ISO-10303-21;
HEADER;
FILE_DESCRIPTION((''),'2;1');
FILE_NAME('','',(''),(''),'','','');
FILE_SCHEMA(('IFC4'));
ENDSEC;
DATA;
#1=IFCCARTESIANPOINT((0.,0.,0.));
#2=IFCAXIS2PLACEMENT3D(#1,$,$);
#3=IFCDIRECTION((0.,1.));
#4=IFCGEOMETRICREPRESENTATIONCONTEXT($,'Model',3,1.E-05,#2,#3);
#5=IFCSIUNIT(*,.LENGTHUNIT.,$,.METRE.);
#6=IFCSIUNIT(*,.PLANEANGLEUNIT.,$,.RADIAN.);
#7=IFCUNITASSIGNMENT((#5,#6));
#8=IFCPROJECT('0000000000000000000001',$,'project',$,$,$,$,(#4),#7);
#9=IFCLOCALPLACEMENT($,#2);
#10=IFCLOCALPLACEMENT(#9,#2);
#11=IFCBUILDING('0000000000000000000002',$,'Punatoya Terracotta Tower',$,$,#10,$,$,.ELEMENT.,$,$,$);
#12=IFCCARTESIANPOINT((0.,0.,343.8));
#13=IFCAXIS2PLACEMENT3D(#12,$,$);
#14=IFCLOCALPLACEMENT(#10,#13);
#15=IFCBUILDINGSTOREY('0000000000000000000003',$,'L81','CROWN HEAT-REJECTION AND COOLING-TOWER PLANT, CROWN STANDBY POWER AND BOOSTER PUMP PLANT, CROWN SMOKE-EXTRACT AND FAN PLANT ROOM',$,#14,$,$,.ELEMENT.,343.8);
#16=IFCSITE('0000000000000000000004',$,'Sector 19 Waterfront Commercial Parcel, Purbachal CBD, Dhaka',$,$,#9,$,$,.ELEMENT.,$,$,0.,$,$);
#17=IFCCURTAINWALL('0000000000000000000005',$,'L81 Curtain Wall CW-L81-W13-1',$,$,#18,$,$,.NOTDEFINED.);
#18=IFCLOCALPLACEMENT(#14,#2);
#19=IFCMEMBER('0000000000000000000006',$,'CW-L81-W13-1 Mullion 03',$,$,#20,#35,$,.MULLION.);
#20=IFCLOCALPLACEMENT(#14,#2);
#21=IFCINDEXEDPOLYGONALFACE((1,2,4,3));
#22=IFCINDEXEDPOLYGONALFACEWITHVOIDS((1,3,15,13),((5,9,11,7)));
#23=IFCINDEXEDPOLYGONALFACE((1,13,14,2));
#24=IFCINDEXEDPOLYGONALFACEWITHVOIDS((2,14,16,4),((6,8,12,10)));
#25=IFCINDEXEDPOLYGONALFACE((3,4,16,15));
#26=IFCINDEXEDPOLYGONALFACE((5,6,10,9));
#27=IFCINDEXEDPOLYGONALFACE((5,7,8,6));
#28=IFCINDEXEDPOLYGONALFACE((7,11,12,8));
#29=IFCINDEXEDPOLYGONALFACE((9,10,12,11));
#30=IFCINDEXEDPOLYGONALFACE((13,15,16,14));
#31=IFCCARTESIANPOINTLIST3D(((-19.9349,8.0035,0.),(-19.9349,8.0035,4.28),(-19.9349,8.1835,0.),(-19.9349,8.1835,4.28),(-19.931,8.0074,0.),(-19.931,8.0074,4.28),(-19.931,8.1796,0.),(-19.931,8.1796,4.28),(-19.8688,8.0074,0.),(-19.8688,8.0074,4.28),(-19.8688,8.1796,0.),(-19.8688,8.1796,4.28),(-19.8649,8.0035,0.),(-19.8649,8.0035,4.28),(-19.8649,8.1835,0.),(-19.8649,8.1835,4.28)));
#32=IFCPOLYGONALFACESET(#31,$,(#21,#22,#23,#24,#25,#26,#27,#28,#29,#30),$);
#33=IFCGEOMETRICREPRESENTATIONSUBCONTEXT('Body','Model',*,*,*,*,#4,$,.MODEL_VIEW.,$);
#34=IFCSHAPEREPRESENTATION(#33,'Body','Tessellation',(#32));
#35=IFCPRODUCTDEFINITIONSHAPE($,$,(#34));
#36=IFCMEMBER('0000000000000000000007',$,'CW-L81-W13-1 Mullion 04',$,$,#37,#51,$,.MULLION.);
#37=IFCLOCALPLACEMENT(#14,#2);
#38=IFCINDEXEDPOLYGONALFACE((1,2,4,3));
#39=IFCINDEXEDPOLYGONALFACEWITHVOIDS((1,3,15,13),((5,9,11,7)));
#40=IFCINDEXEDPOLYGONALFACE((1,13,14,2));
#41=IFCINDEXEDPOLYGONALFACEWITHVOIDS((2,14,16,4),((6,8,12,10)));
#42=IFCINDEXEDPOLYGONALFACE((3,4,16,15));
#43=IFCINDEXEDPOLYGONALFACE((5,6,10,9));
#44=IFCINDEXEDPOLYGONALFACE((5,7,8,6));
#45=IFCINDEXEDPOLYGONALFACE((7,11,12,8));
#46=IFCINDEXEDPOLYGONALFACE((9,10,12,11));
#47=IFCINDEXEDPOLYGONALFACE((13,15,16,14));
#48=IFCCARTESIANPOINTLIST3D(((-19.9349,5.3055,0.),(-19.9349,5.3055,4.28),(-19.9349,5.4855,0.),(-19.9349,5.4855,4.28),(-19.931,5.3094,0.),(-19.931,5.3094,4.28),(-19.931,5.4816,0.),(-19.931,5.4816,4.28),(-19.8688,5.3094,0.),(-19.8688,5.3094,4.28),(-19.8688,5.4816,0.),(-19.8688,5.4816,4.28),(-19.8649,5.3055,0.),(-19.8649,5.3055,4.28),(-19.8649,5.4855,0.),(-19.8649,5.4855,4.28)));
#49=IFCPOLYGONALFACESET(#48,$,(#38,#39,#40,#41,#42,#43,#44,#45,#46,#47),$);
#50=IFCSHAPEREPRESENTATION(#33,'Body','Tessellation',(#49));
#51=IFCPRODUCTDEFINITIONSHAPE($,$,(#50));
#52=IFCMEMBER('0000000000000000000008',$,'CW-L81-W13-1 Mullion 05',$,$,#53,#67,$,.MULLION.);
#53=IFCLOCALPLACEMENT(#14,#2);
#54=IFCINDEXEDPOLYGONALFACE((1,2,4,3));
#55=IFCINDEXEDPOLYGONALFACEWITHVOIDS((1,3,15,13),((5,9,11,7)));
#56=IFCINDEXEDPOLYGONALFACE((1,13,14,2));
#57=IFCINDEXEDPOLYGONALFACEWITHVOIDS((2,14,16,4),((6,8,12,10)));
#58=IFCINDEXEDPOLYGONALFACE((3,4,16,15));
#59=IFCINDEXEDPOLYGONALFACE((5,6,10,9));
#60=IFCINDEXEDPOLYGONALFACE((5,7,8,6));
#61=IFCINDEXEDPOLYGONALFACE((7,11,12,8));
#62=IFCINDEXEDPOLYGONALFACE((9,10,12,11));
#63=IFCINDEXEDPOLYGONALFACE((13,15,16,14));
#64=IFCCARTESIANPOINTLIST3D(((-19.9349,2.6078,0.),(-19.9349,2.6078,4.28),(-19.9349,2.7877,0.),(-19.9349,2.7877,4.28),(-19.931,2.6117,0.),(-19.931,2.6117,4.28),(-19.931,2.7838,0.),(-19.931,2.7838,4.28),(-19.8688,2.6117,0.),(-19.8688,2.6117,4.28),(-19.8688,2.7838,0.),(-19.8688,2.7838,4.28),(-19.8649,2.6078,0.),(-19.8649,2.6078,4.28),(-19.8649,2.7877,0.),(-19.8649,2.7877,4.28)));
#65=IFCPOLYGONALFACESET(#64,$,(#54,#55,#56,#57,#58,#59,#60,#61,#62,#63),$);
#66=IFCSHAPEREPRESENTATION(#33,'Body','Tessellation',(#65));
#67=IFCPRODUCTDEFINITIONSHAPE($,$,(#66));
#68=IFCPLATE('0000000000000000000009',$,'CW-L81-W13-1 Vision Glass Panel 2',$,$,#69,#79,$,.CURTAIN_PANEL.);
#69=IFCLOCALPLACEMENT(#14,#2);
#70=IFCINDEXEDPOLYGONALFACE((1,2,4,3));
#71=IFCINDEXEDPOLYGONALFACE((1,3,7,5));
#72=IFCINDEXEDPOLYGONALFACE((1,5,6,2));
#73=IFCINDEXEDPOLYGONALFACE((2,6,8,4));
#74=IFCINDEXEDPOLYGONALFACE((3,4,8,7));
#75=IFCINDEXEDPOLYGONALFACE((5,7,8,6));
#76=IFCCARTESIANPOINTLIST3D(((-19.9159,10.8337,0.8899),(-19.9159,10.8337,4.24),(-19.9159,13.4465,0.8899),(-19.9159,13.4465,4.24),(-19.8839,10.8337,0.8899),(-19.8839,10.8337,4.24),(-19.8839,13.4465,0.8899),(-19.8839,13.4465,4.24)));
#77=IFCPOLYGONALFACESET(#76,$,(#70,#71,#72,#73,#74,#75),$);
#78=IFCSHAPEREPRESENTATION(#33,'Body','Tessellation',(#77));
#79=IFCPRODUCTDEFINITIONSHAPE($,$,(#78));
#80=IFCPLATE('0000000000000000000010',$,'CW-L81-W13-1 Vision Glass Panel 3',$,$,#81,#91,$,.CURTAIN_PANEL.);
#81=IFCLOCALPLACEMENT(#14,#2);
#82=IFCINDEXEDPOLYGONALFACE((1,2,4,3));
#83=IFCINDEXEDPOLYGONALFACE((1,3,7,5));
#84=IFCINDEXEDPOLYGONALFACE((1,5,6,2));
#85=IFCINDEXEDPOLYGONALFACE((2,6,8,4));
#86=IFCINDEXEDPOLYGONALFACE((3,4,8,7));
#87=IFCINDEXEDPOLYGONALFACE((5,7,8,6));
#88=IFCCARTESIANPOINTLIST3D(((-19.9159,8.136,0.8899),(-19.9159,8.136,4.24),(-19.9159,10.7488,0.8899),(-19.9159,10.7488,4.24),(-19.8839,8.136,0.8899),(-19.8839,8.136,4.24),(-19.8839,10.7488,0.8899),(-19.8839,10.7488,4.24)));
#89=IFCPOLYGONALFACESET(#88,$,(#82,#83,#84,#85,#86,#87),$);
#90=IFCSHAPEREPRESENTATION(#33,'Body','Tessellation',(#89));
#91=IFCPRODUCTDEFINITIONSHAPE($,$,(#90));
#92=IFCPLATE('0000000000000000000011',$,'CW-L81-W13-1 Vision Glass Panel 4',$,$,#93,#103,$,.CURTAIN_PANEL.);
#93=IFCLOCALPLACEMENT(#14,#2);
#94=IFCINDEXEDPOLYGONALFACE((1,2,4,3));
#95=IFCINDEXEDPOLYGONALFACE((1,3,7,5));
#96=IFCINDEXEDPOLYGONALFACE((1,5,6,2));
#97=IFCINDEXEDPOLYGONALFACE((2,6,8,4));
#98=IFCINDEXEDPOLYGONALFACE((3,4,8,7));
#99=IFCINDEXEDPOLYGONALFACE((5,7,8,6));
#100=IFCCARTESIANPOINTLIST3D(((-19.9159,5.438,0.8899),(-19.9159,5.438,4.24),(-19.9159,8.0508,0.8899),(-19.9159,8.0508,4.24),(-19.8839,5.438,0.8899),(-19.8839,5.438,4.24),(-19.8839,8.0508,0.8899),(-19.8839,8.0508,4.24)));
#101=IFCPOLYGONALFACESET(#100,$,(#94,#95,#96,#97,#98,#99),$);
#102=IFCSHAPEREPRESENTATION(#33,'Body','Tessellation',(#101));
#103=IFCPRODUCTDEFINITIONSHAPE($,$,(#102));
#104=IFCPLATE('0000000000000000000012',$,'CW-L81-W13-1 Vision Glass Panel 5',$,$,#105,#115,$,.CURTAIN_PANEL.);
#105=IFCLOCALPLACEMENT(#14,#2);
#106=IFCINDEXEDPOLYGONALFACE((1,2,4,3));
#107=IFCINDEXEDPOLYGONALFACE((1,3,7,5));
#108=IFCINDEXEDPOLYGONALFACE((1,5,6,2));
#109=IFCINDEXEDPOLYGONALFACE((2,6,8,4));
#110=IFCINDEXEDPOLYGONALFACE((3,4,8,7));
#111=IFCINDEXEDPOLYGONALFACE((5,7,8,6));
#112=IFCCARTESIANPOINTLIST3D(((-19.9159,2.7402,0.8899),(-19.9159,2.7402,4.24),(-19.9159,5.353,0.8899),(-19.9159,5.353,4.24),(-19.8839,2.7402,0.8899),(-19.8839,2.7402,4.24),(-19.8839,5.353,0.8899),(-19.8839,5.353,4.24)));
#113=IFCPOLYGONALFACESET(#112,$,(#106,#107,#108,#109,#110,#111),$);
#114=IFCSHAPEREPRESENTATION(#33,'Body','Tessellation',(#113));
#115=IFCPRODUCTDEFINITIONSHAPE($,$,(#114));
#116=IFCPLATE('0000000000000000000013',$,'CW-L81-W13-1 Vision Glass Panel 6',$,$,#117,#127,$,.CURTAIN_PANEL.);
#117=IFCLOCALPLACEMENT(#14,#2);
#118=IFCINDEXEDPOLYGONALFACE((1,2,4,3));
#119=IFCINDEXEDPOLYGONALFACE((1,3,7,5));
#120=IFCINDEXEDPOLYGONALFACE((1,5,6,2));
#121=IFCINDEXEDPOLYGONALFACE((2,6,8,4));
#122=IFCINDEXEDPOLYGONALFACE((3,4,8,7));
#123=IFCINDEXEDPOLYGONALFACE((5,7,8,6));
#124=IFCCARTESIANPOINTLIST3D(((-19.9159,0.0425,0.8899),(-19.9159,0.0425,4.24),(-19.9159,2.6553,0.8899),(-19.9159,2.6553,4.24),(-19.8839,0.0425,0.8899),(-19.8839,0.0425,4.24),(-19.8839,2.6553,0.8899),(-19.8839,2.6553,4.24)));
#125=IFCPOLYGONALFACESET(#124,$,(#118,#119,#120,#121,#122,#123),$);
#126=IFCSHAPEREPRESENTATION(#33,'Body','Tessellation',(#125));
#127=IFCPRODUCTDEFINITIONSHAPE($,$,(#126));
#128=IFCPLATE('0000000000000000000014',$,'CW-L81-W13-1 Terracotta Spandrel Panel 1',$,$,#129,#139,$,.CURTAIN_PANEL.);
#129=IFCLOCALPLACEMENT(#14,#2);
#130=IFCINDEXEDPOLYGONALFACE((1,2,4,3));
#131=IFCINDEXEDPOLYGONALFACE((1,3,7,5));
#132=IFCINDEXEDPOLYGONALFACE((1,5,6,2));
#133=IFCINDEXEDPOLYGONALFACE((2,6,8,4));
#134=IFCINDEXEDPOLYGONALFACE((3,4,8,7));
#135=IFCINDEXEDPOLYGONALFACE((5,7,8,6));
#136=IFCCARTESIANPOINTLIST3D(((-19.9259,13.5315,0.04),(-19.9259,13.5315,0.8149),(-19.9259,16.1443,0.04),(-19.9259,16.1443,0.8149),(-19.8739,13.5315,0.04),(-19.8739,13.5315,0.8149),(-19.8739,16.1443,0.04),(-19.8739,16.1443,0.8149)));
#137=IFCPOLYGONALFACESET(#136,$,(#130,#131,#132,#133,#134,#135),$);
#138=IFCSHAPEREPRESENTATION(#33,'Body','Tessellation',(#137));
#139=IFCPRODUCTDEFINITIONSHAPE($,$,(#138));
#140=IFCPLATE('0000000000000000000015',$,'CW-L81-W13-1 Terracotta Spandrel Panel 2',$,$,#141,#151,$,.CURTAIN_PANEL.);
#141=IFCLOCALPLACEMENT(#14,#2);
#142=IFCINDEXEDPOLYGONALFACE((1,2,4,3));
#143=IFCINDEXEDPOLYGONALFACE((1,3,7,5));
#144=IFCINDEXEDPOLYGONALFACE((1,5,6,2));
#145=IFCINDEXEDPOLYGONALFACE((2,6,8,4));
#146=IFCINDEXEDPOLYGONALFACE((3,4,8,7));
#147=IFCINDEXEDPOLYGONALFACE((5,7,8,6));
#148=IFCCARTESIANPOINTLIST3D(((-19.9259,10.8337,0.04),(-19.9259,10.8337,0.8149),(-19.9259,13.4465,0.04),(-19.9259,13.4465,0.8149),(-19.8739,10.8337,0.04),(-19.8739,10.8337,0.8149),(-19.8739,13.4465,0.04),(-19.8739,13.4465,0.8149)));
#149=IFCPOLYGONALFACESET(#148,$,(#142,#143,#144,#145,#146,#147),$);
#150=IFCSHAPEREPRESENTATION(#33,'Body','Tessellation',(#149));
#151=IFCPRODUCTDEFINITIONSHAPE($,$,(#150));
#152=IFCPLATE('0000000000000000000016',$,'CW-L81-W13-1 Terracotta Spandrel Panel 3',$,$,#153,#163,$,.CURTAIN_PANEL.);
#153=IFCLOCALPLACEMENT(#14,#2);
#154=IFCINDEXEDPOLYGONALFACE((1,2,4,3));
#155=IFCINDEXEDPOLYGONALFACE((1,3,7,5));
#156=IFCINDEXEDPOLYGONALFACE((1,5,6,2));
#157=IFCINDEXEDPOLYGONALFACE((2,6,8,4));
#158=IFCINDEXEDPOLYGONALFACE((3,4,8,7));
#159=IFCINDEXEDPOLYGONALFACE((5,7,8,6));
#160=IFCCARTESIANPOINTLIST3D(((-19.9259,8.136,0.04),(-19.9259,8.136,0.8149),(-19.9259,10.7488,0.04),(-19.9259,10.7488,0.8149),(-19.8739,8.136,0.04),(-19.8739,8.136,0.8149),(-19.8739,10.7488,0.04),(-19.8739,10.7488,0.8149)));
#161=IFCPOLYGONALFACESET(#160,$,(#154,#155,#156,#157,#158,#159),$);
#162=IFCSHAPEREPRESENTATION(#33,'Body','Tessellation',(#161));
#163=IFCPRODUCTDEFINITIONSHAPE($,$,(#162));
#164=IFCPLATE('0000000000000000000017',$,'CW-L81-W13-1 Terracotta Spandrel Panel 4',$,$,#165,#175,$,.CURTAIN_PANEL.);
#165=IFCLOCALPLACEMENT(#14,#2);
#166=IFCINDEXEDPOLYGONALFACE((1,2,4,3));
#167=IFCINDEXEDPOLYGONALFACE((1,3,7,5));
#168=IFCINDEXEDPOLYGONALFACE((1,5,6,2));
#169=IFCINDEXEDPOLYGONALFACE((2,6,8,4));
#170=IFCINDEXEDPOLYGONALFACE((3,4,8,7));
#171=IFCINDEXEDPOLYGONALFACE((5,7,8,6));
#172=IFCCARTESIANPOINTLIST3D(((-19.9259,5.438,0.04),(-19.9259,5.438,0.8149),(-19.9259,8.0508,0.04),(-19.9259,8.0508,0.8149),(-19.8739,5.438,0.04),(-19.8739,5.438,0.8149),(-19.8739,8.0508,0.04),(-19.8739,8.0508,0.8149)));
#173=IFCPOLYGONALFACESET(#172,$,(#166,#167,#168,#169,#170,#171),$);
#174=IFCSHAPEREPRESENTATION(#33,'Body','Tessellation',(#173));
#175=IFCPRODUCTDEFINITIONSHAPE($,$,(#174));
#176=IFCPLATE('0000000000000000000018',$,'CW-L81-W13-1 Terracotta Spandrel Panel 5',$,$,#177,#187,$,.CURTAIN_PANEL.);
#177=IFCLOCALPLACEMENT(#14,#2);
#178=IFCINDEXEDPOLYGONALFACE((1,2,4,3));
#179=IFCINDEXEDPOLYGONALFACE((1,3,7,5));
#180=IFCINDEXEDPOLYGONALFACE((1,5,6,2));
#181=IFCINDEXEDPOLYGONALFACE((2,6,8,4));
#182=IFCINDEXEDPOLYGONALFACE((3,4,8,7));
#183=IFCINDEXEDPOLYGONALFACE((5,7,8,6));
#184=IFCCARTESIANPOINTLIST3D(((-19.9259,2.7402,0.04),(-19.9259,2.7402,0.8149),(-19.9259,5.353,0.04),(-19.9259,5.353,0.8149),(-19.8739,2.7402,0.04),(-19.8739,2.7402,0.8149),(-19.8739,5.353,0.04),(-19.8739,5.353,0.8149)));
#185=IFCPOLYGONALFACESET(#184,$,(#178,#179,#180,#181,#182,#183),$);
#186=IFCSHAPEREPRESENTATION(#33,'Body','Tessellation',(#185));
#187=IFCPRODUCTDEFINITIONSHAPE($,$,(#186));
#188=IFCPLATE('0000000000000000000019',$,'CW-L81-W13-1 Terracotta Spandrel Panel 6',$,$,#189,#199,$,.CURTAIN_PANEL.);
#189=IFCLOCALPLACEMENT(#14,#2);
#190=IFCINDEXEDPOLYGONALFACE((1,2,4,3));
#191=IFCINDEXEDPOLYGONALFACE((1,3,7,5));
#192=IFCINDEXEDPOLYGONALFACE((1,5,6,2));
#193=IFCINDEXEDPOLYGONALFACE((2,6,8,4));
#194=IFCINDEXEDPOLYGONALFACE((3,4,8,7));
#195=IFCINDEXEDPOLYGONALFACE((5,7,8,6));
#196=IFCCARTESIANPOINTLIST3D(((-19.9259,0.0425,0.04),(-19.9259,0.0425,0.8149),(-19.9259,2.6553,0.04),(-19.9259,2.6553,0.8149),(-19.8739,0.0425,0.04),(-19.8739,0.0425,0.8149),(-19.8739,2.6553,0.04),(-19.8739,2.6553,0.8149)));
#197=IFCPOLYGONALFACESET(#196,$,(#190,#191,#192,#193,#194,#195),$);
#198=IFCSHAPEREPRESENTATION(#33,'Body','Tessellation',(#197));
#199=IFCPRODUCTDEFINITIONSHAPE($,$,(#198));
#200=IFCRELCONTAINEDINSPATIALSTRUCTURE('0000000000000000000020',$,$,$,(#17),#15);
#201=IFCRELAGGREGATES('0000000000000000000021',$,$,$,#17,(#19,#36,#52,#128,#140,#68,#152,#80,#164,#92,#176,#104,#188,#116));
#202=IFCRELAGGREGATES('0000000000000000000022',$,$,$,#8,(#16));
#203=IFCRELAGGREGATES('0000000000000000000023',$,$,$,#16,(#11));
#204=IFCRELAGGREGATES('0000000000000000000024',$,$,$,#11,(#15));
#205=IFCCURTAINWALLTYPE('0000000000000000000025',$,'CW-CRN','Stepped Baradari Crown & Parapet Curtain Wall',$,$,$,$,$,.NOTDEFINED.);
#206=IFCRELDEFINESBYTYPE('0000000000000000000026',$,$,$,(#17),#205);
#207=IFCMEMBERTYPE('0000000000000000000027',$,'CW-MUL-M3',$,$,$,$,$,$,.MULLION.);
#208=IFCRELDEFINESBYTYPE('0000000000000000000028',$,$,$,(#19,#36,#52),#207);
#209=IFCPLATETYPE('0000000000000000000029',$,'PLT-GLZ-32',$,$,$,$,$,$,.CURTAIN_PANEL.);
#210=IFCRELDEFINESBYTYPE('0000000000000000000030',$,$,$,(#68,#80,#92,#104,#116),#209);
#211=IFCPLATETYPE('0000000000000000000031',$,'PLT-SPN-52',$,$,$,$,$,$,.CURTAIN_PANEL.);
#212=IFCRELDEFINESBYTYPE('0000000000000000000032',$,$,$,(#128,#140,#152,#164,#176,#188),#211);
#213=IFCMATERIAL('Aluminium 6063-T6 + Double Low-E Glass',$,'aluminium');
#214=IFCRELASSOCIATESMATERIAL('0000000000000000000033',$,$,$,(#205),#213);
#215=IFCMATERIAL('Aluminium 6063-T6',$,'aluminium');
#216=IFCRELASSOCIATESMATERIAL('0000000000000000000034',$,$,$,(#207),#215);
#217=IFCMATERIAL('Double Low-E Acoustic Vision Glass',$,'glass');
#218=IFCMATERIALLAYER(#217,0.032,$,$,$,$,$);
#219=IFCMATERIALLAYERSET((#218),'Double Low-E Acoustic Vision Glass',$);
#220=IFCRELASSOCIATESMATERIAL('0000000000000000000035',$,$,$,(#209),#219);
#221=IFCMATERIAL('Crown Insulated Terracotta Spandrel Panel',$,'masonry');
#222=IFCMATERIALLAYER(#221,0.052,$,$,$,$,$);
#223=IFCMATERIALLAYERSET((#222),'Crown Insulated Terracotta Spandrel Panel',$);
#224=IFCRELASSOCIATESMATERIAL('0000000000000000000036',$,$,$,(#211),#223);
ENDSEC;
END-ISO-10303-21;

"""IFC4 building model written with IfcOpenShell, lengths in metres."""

from ifc_helpers import new_model, si_unit, direction, frame, origin, origin_2d, place, context, subcontext, project, spatial, rectangle, hollow_rectangle, extrude, material, layer, layer_set, material_profile, profile_set, type_object, element, aggregate, save


model = new_model("IFC4")

# Units and contexts
model_context = context("Model", 3, precision=1e-05, world=origin(), true_north=direction((0.0, 1.0)))
body_context = subcontext(model_context, "Body", "Model", "MODEL_VIEW")
ifc_project = project(units=[si_unit("LENGTHUNIT", "METRE"), si_unit("PLANEANGLEUNIT", "RADIAN")], contexts=[model_context])

# Site, building, storey
site_placement = place(None, origin())
site = spatial("IfcSite", under=ifc_project, at=site_placement, Name="Sector 19 Waterfront Commercial Parcel, Purbachal CBD, Dhaka", CompositionType="ELEMENT", RefElevation=0.0)
building_placement = place(site_placement, origin())
building = spatial("IfcBuilding", under=site, at=building_placement, Name="Punatoya Terracotta Tower", CompositionType="ELEMENT")
storey_placement = place(building_placement, frame((0.0, 0.0, 343.8)))
storey = spatial("IfcBuildingStorey", under=building, at=storey_placement, Name="L81", Description="CROWN HEAT-REJECTION AND COOLING-TOWER PLANT, CROWN STANDBY POWER AND BOOSTER PUMP PLANT, CROWN SMOKE-EXTRACT AND FAN PLANT ROOM", CompositionType="ELEMENT", Elevation=343.8)

# Curtain wall, members, plates
ifc_material_1 = material(Name="Aluminium 6063-T6 + Double Low-E Glass", Category="aluminium")
curtain_wall_type = type_object("IfcCurtainWallType", Name="CW-CRN", Description="Stepped Baradari Crown & Parapet Curtain Wall", PredefinedType="NOTDEFINED", material=ifc_material_1)
curtain_wall_placement = place(storey_placement, origin())
curtain_wall = element("IfcCurtainWall", 1, at=curtain_wall_placement, inside=storey, type_object=curtain_wall_type, Name="L81 Curtain Wall CW-L81-W13-1", PredefinedType="NOTDEFINED")
ifc_material_2 = material(Name="Aluminium 6063-T6", Category="aluminium")
ifc_material_profile_1 = material_profile(ifc_material_2, hollow_rectangle(XDim=0.0701, YDim=0.1799, WallThickness=0.0039, at=origin_2d()))
ifc_profile_set_1 = profile_set([ifc_material_profile_1], Name="Aluminium 6063-T6")
member_type = type_object("IfcMemberType", Name="CW-MUL-M3", PredefinedType="MULLION", material=ifc_profile_set_1)
member_1_placement = place(storey_placement, frame((-19.8999, 8.0935, 0.0), z_axis=(0.0, 0.0, 1.0), x_axis=(1.0, 0.0, 0.0)))
member_1 = element("IfcMember", 2, at=member_1_placement, type_object=member_type, Name="CW-L81-W13-1 Mullion 03", PredefinedType="MULLION", context=body_context, shape_type="SweptSolid", body=[
    extrude(hollow_rectangle(XDim=0.0701, YDim=0.1799, WallThickness=0.0039, at=origin_2d()), origin(), (0.0, 0.0, 1.0), 4.28),
])
member_2_placement = place(storey_placement, frame((-19.8999, 5.3955, 0.0), z_axis=(0.0, 0.0, 1.0), x_axis=(1.0, 0.0, 0.0)))
member_2 = element("IfcMember", 3, at=member_2_placement, type_object=member_type, Name="CW-L81-W13-1 Mullion 04", PredefinedType="MULLION", context=body_context, shape_type="SweptSolid", body=[
    extrude(hollow_rectangle(XDim=0.0701, YDim=0.1799, WallThickness=0.0039, at=origin_2d()), origin(), (0.0, 0.0, 1.0), 4.28),
])
member_3_placement = place(storey_placement, frame((-19.8999, 2.6978, 0.0), z_axis=(0.0, 0.0, 1.0), x_axis=(1.0, 0.0, 0.0)))
member_3 = element("IfcMember", 4, at=member_3_placement, type_object=member_type, Name="CW-L81-W13-1 Mullion 05", PredefinedType="MULLION", context=body_context, shape_type="SweptSolid", body=[
    extrude(hollow_rectangle(XDim=0.0701, YDim=0.1799, WallThickness=0.0039, at=origin_2d()), origin(), (0.0, 0.0, 1.0), 4.28),
])
ifc_material_3 = material(Name="Double Low-E Acoustic Vision Glass", Category="glass")
ifc_layer_1 = layer(ifc_material_3, 0.032)
ifc_layer_set_1 = layer_set([ifc_layer_1], Name="Double Low-E Acoustic Vision Glass")
plate_type_1 = type_object("IfcPlateType", Name="PLT-GLZ-32", PredefinedType="CURTAIN_PANEL", material=ifc_layer_set_1)
plate_1_placement = place(storey_placement, frame((-19.8999, 12.1401, 0.8899), z_axis=(0.0, 0.0, 1.0), x_axis=(0.0, -1.0, 0.0)))
plate_1 = element("IfcPlate", 5, at=plate_1_placement, type_object=plate_type_1, Name="CW-L81-W13-1 Vision Glass Panel 2", PredefinedType="CURTAIN_PANEL", context=body_context, shape_type="SweptSolid", body=[
    extrude(rectangle(XDim=2.6128, YDim=0.032, at=origin_2d()), origin(), (0.0, 0.0, 1.0), 3.3501),
])
plate_2_placement = place(storey_placement, frame((-19.8999, 9.4424, 0.8899), z_axis=(0.0, 0.0, 1.0), x_axis=(0.0, -1.0, 0.0)))
plate_2 = element("IfcPlate", 6, at=plate_2_placement, type_object=plate_type_1, Name="CW-L81-W13-1 Vision Glass Panel 3", PredefinedType="CURTAIN_PANEL", context=body_context, shape_type="SweptSolid", body=[
    extrude(rectangle(XDim=2.6128, YDim=0.032, at=origin_2d()), origin(), (0.0, 0.0, 1.0), 3.3501),
])
plate_3_placement = place(storey_placement, frame((-19.8999, 6.7444, 0.8899), z_axis=(0.0, 0.0, 1.0), x_axis=(0.0, -1.0, 0.0)))
plate_3 = element("IfcPlate", 7, at=plate_3_placement, type_object=plate_type_1, Name="CW-L81-W13-1 Vision Glass Panel 4", PredefinedType="CURTAIN_PANEL", context=body_context, shape_type="SweptSolid", body=[
    extrude(rectangle(XDim=2.6128, YDim=0.032, at=origin_2d()), origin(), (0.0, 0.0, 1.0), 3.3501),
])
plate_4_placement = place(storey_placement, frame((-19.8999, 4.0466, 0.8899), z_axis=(0.0, 0.0, 1.0), x_axis=(0.0, -1.0, 0.0)))
plate_4 = element("IfcPlate", 8, at=plate_4_placement, type_object=plate_type_1, Name="CW-L81-W13-1 Vision Glass Panel 5", PredefinedType="CURTAIN_PANEL", context=body_context, shape_type="SweptSolid", body=[
    extrude(rectangle(XDim=2.6128, YDim=0.032, at=origin_2d()), origin(), (0.0, 0.0, 1.0), 3.3501),
])
plate_5_placement = place(storey_placement, frame((-19.8999, 1.3489, 0.8899), z_axis=(0.0, 0.0, 1.0), x_axis=(0.0, -1.0, 0.0)))
plate_5 = element("IfcPlate", 9, at=plate_5_placement, type_object=plate_type_1, Name="CW-L81-W13-1 Vision Glass Panel 6", PredefinedType="CURTAIN_PANEL", context=body_context, shape_type="SweptSolid", body=[
    extrude(rectangle(XDim=2.6128, YDim=0.032, at=origin_2d()), origin(), (0.0, 0.0, 1.0), 3.3501),
])
ifc_material_4 = material(Name="Crown Insulated Terracotta Spandrel Panel", Category="masonry")
ifc_layer_2 = layer(ifc_material_4, 0.052)
ifc_layer_set_2 = layer_set([ifc_layer_2], Name="Crown Insulated Terracotta Spandrel Panel")
plate_type_2 = type_object("IfcPlateType", Name="PLT-SPN-52", PredefinedType="CURTAIN_PANEL", material=ifc_layer_set_2)
plate_6_placement = place(storey_placement, frame((-19.8999, 14.8379, 0.04), z_axis=(0.0, 0.0, 1.0), x_axis=(0.0, -1.0, 0.0)))
plate_6 = element("IfcPlate", 10, at=plate_6_placement, type_object=plate_type_2, Name="CW-L81-W13-1 Terracotta Spandrel Panel 1", PredefinedType="CURTAIN_PANEL", context=body_context, shape_type="SweptSolid", body=[
    extrude(rectangle(XDim=2.6128, YDim=0.052, at=origin_2d()), origin(), (0.0, 0.0, 1.0), 0.7749),
])
plate_7_placement = place(storey_placement, frame((-19.8999, 12.1401, 0.04), z_axis=(0.0, 0.0, 1.0), x_axis=(0.0, -1.0, 0.0)))
plate_7 = element("IfcPlate", 11, at=plate_7_placement, type_object=plate_type_2, Name="CW-L81-W13-1 Terracotta Spandrel Panel 2", PredefinedType="CURTAIN_PANEL", context=body_context, shape_type="SweptSolid", body=[
    extrude(rectangle(XDim=2.6128, YDim=0.052, at=origin_2d()), origin(), (0.0, 0.0, 1.0), 0.7749),
])
plate_8_placement = place(storey_placement, frame((-19.8999, 9.4424, 0.04), z_axis=(0.0, 0.0, 1.0), x_axis=(0.0, -1.0, 0.0)))
plate_8 = element("IfcPlate", 12, at=plate_8_placement, type_object=plate_type_2, Name="CW-L81-W13-1 Terracotta Spandrel Panel 3", PredefinedType="CURTAIN_PANEL", context=body_context, shape_type="SweptSolid", body=[
    extrude(rectangle(XDim=2.6128, YDim=0.052, at=origin_2d()), origin(), (0.0, 0.0, 1.0), 0.7749),
])
plate_9_placement = place(storey_placement, frame((-19.8999, 6.7444, 0.04), z_axis=(0.0, 0.0, 1.0), x_axis=(0.0, -1.0, 0.0)))
plate_9 = element("IfcPlate", 13, at=plate_9_placement, type_object=plate_type_2, Name="CW-L81-W13-1 Terracotta Spandrel Panel 4", PredefinedType="CURTAIN_PANEL", context=body_context, shape_type="SweptSolid", body=[
    extrude(rectangle(XDim=2.6128, YDim=0.052, at=origin_2d()), origin(), (0.0, 0.0, 1.0), 0.7749),
])
plate_10_placement = place(storey_placement, frame((-19.8999, 4.0466, 0.04), z_axis=(0.0, 0.0, 1.0), x_axis=(0.0, -1.0, 0.0)))
plate_10 = element("IfcPlate", 14, at=plate_10_placement, type_object=plate_type_2, Name="CW-L81-W13-1 Terracotta Spandrel Panel 5", PredefinedType="CURTAIN_PANEL", context=body_context, shape_type="SweptSolid", body=[
    extrude(rectangle(XDim=2.6128, YDim=0.052, at=origin_2d()), origin(), (0.0, 0.0, 1.0), 0.7749),
])
plate_11_placement = place(storey_placement, frame((-19.8999, 1.3489, 0.04), z_axis=(0.0, 0.0, 1.0), x_axis=(0.0, -1.0, 0.0)))
plate_11 = element("IfcPlate", 15, at=plate_11_placement, type_object=plate_type_2, Name="CW-L81-W13-1 Terracotta Spandrel Panel 6", PredefinedType="CURTAIN_PANEL", context=body_context, shape_type="SweptSolid", body=[
    extrude(rectangle(XDim=2.6128, YDim=0.052, at=origin_2d()), origin(), (0.0, 0.0, 1.0), 0.7749),
])
aggregate(curtain_wall, [member_1, member_2, member_3, plate_6, plate_7, plate_1, plate_8, plate_2, plate_9, plate_3, plate_10, plate_4, plate_11, plate_5])

save(model, "model.ifc")
